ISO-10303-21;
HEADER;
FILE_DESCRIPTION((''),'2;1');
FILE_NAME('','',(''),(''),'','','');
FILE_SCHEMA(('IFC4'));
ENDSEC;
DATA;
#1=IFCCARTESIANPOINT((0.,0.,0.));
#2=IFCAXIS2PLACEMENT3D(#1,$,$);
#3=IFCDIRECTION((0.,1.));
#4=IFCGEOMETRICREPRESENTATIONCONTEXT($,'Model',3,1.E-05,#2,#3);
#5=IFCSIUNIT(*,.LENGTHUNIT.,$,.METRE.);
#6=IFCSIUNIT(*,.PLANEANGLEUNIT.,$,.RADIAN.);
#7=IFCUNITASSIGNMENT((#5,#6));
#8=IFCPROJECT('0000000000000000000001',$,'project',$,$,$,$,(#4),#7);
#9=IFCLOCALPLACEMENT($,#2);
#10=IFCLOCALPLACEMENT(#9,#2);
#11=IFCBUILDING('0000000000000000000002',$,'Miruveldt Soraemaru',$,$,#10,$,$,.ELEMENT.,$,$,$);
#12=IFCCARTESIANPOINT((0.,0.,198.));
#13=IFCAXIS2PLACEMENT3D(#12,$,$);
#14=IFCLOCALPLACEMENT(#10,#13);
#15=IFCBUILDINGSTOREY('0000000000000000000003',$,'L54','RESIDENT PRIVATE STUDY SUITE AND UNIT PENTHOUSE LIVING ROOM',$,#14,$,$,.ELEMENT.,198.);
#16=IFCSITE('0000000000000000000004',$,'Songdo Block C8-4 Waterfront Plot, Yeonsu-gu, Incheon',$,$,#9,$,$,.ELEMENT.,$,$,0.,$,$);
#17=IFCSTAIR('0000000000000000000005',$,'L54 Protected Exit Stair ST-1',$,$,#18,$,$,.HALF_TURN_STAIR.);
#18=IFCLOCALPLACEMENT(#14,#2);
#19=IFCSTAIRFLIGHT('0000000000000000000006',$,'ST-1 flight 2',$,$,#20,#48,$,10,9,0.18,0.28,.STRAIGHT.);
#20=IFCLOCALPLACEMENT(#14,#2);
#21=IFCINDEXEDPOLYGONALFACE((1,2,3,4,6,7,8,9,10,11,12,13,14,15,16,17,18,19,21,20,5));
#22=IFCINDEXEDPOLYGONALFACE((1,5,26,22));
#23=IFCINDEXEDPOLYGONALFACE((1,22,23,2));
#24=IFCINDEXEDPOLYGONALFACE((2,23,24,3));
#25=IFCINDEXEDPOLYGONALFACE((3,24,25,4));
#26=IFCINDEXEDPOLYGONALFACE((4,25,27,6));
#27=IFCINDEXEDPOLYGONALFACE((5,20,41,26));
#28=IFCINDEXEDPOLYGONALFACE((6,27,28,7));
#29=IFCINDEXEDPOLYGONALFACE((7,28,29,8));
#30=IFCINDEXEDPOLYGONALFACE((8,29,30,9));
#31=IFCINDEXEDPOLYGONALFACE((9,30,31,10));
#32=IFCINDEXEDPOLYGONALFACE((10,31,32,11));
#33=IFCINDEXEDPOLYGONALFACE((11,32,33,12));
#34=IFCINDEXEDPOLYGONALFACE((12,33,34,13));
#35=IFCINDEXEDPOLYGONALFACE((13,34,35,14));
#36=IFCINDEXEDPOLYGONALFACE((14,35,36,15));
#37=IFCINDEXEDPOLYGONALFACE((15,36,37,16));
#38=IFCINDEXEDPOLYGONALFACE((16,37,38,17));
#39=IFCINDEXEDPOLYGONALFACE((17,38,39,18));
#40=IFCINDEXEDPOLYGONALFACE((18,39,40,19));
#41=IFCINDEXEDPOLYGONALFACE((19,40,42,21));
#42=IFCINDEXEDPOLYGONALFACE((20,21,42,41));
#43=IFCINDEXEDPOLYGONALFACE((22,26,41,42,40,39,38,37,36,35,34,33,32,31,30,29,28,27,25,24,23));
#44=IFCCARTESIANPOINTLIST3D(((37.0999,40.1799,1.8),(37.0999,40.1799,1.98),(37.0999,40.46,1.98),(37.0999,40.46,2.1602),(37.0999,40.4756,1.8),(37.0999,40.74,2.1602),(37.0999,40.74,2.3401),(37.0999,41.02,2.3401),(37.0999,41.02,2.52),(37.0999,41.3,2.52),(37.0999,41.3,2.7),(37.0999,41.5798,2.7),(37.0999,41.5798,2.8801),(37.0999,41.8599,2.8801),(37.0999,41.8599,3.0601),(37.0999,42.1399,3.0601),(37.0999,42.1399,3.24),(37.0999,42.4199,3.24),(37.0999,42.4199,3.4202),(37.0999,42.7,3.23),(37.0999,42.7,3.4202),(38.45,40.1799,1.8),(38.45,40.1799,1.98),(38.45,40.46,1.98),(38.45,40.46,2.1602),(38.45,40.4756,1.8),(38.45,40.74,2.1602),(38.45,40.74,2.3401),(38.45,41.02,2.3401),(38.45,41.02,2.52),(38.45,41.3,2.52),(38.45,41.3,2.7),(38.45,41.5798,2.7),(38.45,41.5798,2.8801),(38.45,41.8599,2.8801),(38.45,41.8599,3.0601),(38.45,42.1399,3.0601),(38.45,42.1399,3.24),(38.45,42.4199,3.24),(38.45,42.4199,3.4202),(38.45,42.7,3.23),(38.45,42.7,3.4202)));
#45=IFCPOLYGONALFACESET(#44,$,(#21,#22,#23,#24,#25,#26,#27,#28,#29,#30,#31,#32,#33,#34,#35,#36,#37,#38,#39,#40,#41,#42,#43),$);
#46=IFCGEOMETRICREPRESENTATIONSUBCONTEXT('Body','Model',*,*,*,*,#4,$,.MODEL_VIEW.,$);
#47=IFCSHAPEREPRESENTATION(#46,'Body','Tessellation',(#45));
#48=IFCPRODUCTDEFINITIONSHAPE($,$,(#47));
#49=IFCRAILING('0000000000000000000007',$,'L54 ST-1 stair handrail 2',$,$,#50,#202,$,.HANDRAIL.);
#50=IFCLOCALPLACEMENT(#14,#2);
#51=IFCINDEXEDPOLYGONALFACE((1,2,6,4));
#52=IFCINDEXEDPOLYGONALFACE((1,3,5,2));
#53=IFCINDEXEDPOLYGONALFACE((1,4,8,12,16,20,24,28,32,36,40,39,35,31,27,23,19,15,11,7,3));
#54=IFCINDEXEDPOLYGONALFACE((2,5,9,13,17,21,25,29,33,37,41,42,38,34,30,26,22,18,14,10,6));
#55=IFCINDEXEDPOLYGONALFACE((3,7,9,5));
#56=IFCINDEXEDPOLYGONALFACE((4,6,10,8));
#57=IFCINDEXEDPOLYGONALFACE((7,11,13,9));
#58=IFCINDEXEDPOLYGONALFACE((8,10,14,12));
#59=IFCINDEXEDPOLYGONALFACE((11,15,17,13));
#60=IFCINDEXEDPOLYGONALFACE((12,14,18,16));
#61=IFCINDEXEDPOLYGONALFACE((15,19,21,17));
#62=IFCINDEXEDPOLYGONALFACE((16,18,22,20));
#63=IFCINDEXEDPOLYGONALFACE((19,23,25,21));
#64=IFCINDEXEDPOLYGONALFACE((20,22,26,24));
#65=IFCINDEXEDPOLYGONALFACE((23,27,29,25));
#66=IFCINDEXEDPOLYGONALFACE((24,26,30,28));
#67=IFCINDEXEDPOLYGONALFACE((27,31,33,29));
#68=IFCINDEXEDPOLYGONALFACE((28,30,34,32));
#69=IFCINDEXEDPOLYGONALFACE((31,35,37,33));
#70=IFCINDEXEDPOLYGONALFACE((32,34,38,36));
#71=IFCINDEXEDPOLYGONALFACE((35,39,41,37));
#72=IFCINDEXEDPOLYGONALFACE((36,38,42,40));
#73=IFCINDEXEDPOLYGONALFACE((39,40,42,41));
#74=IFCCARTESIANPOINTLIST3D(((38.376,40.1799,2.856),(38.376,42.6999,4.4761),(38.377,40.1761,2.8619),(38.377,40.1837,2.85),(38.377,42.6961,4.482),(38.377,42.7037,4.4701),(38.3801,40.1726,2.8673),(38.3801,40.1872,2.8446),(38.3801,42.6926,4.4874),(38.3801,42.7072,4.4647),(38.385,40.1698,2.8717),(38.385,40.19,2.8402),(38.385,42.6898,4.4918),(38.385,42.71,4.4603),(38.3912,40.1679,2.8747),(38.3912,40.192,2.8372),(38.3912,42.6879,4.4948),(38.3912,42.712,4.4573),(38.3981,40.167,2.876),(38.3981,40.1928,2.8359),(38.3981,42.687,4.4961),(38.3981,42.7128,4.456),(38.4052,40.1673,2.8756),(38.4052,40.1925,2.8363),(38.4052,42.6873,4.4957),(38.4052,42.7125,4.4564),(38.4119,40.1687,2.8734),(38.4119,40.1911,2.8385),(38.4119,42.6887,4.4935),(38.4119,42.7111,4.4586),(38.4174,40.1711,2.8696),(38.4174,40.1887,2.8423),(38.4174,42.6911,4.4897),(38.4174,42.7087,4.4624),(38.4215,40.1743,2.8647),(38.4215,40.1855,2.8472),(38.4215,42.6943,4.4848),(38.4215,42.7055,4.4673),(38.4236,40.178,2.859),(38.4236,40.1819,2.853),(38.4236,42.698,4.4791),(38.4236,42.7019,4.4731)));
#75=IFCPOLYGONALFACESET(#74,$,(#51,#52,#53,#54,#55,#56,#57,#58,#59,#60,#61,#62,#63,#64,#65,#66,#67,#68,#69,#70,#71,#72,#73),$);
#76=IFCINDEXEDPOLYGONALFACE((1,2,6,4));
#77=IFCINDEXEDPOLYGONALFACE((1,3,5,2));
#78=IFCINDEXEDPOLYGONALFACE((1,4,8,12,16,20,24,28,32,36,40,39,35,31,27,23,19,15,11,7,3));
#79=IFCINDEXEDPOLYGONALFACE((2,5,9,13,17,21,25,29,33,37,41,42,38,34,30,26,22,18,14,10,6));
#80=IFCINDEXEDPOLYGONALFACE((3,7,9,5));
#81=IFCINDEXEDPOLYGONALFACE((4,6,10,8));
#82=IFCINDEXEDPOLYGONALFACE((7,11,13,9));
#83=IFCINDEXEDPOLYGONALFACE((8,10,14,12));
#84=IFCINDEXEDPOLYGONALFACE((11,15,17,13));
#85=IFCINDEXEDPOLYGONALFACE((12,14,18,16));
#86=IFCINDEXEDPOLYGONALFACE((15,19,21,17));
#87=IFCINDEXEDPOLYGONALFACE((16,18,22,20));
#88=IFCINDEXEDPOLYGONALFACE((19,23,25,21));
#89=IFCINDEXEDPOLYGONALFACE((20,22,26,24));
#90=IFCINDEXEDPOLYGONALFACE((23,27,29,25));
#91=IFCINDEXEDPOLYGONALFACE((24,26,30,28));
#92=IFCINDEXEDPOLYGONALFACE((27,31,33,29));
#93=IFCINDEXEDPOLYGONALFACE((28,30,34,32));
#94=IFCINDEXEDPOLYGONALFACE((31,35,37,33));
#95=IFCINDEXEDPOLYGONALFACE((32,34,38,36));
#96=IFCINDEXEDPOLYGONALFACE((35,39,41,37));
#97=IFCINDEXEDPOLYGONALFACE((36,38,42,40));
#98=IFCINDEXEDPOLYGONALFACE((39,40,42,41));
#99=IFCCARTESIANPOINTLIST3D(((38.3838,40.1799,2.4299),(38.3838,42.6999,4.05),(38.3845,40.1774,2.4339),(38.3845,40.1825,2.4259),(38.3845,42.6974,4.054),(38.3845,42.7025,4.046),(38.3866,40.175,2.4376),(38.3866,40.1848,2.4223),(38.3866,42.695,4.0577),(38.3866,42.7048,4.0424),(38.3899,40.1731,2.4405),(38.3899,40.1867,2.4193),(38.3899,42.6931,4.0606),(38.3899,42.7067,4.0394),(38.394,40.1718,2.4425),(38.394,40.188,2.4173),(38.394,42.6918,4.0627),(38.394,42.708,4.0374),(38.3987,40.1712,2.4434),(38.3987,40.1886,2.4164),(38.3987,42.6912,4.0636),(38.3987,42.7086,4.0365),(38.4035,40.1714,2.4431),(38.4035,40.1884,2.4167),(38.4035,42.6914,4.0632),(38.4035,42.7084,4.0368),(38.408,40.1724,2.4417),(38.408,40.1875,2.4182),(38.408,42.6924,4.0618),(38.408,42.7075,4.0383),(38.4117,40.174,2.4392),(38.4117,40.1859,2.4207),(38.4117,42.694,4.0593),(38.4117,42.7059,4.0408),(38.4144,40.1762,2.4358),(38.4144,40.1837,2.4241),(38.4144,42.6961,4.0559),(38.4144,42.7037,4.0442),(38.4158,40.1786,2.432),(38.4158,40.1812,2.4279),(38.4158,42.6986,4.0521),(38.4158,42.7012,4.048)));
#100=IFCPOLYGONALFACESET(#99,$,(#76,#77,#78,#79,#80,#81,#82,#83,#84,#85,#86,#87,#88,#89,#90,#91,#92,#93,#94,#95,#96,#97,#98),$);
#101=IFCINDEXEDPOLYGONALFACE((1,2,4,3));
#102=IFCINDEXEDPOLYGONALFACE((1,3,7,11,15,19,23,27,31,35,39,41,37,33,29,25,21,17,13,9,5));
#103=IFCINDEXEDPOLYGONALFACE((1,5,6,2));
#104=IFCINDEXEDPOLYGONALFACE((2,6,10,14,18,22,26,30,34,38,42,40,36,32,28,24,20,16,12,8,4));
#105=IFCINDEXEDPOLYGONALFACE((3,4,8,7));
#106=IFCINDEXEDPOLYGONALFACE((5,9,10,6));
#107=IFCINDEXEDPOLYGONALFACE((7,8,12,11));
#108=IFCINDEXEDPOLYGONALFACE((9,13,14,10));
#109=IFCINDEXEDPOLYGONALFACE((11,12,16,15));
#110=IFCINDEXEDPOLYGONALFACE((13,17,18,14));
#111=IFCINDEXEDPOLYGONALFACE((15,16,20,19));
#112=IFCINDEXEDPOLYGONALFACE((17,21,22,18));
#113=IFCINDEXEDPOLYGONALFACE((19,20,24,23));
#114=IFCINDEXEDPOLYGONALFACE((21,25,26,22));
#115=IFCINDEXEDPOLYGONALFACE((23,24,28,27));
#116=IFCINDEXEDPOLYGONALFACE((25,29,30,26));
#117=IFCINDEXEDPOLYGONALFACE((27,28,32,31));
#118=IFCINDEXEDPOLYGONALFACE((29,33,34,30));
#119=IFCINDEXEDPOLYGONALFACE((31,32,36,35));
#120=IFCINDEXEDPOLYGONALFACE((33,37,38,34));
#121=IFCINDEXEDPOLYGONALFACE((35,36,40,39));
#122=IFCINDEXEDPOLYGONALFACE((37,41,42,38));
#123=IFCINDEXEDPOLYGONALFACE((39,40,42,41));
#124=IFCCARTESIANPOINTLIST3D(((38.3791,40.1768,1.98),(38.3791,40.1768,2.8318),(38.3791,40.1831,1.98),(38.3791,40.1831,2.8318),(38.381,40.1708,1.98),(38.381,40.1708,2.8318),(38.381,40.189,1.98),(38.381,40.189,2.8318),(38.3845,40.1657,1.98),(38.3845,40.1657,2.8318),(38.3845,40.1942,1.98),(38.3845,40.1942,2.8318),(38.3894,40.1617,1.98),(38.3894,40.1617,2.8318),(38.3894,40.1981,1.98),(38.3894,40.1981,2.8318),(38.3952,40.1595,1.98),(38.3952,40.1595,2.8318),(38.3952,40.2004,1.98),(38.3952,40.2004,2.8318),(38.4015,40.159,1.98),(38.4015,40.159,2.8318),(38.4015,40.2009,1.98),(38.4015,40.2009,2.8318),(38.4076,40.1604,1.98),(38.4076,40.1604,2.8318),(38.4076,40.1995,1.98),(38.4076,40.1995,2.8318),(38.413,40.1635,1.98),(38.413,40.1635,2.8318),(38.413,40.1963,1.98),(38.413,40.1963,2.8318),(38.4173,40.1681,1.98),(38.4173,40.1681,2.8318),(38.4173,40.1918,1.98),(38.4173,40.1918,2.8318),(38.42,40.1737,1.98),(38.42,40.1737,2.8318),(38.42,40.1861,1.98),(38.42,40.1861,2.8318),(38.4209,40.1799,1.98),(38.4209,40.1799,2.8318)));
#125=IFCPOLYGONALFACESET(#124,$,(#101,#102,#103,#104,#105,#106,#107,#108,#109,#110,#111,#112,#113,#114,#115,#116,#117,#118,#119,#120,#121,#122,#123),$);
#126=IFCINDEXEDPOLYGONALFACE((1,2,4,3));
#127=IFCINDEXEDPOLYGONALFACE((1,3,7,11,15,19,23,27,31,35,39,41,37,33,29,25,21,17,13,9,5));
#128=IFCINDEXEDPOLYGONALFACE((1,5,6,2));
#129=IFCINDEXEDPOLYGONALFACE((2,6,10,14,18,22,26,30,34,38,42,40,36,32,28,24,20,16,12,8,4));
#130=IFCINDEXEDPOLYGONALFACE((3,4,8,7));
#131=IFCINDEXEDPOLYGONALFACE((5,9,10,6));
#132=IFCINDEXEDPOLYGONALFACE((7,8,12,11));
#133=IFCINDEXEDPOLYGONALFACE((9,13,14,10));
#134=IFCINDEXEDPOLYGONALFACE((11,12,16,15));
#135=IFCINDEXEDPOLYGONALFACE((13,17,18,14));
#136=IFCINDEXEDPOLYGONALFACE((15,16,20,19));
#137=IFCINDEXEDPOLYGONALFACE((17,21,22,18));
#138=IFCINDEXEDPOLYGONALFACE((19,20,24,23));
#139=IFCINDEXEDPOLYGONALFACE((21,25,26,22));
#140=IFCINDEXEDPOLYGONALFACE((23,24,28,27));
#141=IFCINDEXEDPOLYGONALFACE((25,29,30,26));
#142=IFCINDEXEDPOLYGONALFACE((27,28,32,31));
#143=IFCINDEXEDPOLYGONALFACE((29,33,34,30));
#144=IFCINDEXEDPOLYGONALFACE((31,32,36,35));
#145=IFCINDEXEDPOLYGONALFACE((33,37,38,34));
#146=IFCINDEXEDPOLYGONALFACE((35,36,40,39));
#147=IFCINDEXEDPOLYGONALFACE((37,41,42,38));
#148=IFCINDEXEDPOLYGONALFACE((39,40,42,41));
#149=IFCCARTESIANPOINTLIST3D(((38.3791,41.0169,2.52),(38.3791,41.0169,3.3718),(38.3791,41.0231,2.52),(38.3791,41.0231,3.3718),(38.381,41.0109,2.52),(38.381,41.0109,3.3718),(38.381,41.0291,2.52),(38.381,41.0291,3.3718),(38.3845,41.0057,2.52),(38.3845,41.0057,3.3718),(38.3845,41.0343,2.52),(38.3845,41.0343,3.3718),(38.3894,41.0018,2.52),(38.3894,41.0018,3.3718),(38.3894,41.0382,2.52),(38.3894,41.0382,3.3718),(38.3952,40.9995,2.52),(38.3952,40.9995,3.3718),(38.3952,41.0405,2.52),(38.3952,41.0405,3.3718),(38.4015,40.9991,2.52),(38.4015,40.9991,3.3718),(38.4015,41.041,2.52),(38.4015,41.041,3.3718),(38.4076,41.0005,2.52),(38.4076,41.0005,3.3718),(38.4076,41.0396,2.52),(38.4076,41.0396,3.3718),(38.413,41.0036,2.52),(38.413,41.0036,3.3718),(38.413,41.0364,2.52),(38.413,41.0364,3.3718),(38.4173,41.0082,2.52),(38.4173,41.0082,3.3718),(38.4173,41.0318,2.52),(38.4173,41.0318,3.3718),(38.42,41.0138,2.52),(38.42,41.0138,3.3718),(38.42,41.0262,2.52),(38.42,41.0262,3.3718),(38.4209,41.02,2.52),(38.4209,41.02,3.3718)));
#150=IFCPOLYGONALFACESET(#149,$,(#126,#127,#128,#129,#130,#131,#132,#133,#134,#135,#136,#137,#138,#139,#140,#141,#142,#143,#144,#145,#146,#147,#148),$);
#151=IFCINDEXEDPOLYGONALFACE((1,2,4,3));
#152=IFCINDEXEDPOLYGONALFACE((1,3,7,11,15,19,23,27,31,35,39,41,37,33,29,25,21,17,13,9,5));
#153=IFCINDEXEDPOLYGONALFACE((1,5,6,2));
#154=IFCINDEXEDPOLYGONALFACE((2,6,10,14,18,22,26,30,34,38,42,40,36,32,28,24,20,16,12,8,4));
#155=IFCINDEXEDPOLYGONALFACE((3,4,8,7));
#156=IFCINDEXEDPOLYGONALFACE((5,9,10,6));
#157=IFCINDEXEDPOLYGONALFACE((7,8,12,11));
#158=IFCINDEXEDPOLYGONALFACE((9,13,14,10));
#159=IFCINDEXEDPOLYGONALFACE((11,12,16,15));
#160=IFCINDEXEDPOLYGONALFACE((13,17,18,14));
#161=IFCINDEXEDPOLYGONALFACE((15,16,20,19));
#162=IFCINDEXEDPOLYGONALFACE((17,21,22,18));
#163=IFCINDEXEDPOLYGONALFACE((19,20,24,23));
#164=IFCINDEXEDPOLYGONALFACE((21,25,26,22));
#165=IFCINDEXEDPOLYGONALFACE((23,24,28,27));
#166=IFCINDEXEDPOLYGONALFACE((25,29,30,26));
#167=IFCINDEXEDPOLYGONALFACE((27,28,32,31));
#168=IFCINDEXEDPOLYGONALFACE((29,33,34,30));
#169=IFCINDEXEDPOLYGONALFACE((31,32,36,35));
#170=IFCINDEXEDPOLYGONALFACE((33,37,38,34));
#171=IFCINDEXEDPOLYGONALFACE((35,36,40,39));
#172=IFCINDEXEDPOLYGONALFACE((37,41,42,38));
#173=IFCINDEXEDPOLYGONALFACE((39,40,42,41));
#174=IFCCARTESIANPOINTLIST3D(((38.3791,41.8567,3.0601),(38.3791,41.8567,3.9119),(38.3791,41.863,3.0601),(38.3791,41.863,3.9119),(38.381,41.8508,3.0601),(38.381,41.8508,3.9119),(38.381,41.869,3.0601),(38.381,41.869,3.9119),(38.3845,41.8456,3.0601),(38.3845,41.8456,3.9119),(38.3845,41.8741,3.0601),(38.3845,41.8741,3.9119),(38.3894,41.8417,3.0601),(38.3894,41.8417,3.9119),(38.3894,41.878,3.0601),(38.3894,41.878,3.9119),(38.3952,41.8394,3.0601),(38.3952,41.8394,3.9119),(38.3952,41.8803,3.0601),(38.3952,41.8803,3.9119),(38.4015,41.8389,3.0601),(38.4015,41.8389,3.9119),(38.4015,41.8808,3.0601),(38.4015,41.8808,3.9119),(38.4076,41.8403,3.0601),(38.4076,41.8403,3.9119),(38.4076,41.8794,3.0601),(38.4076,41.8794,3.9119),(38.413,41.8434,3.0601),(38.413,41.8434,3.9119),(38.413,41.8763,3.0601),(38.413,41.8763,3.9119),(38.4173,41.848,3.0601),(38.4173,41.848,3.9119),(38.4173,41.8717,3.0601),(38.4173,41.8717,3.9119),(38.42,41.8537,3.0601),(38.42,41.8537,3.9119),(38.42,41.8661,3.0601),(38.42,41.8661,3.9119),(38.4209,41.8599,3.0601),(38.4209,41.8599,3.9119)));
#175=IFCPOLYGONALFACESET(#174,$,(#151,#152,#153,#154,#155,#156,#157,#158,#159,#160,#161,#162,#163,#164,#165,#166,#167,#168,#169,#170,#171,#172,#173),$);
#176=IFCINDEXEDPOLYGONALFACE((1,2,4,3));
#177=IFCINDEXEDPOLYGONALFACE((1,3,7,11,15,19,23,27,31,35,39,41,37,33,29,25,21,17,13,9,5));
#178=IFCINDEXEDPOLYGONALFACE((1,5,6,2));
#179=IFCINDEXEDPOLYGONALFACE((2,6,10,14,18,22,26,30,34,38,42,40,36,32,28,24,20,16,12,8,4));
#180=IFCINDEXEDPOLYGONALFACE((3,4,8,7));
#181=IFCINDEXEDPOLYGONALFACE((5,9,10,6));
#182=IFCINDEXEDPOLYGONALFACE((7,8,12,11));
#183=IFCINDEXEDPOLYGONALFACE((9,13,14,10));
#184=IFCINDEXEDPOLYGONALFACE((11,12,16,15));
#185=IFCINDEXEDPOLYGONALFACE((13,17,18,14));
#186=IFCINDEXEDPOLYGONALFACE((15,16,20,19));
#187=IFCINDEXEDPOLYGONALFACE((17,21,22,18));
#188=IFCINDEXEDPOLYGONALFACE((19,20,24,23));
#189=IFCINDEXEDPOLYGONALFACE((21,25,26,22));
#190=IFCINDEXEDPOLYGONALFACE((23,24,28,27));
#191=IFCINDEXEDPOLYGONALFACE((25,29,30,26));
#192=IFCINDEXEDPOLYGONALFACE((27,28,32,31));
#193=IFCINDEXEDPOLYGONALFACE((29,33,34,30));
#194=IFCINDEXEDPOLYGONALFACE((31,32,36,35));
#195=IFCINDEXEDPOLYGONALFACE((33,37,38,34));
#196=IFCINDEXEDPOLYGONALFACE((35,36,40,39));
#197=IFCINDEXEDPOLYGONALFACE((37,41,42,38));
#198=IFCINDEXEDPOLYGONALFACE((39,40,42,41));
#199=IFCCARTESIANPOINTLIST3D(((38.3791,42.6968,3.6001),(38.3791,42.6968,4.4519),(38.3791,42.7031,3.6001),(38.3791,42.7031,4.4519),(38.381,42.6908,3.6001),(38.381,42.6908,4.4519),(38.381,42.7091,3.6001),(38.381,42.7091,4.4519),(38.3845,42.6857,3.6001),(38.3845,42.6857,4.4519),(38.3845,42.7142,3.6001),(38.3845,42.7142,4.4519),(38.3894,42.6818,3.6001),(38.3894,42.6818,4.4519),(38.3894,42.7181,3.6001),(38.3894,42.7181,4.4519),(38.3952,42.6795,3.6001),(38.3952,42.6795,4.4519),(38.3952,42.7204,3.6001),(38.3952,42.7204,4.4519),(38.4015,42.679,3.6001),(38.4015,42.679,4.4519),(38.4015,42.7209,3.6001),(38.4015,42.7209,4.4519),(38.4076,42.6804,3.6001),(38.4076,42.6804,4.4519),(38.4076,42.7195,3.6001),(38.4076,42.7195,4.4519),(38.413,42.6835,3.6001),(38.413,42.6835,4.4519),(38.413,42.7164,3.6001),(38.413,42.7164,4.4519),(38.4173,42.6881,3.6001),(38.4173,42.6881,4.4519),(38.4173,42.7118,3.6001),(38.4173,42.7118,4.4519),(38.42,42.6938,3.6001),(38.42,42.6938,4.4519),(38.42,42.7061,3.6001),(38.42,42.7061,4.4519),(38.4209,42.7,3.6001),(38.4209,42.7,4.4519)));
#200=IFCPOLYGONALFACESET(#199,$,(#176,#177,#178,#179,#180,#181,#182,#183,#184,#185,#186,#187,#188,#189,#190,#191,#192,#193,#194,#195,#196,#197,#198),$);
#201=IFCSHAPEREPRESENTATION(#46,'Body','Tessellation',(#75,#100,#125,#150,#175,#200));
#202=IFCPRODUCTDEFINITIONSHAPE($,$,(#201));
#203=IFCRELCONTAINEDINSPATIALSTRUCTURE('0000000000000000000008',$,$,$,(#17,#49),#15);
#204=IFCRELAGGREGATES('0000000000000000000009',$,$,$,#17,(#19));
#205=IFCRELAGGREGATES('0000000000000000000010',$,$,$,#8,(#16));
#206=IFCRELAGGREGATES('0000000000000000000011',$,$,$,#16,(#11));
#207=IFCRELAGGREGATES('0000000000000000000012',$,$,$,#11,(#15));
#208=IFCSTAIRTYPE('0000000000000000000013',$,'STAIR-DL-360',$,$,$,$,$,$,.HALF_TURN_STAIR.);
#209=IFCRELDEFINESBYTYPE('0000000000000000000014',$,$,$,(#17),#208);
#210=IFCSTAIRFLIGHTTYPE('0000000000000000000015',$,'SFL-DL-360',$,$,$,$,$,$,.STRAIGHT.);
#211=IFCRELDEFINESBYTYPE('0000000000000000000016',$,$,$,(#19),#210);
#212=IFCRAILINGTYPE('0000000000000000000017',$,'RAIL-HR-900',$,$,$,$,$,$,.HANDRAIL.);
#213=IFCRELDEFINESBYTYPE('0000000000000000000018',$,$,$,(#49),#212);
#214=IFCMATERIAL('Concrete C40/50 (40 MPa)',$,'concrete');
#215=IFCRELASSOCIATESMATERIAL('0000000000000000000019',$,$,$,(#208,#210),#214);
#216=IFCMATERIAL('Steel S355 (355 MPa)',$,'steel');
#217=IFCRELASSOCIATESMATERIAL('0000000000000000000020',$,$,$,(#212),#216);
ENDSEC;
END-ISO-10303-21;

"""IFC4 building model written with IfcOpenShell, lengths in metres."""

from ifc_helpers import new_model, si_unit, direction, frame, origin, origin_2d, place, context, subcontext, project, spatial, polyline, circle, outline, extrude, material, type_object, element, aggregate, save


model = new_model("IFC4")

# Units and contexts
model_context = context("Model", 3, precision=1e-05, world=origin(), true_north=direction((0.0, 1.0)))
body_context = subcontext(model_context, "Body", "Model", "MODEL_VIEW")
ifc_project = project(units=[si_unit("LENGTHUNIT", "METRE"), si_unit("PLANEANGLEUNIT", "RADIAN")], contexts=[model_context])

# Site, building, storey
site_placement = place(None, origin())
site = spatial("IfcSite", under=ifc_project, at=site_placement, Name="Songdo Block C8-4 Waterfront Plot, Yeonsu-gu, Incheon", CompositionType="ELEMENT", RefElevation=0.0)
building_placement = place(site_placement, origin())
building = spatial("IfcBuilding", under=site, at=building_placement, Name="Miruveldt Soraemaru", CompositionType="ELEMENT")
storey_placement = place(building_placement, frame((0.0, 0.0, 198.0)))
storey = spatial("IfcBuildingStorey", under=building, at=storey_placement, Name="L54", Description="RESIDENT PRIVATE STUDY SUITE AND UNIT PENTHOUSE LIVING ROOM", CompositionType="ELEMENT", Elevation=198.0)

# Shared definitions
ifc_material_1 = material(Name="Concrete C40/50 (40 MPa)", Category="concrete")

# Stair, stair flight
stair_type = type_object("IfcStairType", Name="STAIR-DL-360", PredefinedType="HALF_TURN_STAIR", material=ifc_material_1)
stair_placement = place(storey_placement, origin())
stair = element("IfcStair", 1, at=stair_placement, inside=storey, type_object=stair_type, Name="L54 Protected Exit Stair ST-1", PredefinedType="HALF_TURN_STAIR")
stair_flight_type = type_object("IfcStairFlightType", Name="SFL-DL-360", PredefinedType="STRAIGHT", material=ifc_material_1)
stair_flight_placement = place(storey_placement, frame((37.7749, 40.1799, 1.8), z_axis=(0.0, 0.0, 1.0), x_axis=(0.0, 1.0, 0.0)))
stair_flight = element("IfcStairFlight", 2, at=stair_flight_placement, type_object=stair_flight_type, Name="ST-1 flight 2", NumberOfRisers=10, NumberOfTreads=9, PredefinedType="STRAIGHT", RiserHeight=0.18, TreadLength=0.28, context=body_context, shape_type="SweptSolid", body=[
    extrude(outline(polyline([(0.0, 0.0), (0.0, 0.1799), (0.28, 0.1799), (0.28, 0.3601), (0.5601, 0.3601), (0.5601, 0.54), (0.8401, 0.54), (0.8401, 0.72), (1.1201, 0.72), (1.1201, 0.8999), (1.3999, 0.8999), (1.3999, 1.0801), (1.6799, 1.0801), (1.6799, 1.26), (1.96, 1.26), (1.96, 1.4399), (2.24, 1.4399), (2.24, 1.6201), (2.52, 1.6201), (2.52, 1.8), (2.52, 1.4299), (0.2957, 0.0), (0.0, 0.0)])), frame((0.0, 0.675, 0.0), z_axis=(0.0, -1.0, 0.0), x_axis=(1.0, 0.0, 0.0)), (0.0, 0.0, 1.0), 1.3501),
])
aggregate(stair, [stair_flight])

# Railing
ifc_material_2 = material(Name="Steel S355 (355 MPa)", Category="steel")
railing_type_1 = type_object("IfcRailingType", Name="RAIL-HR-900", PredefinedType="HANDRAIL", material=ifc_material_2)
railing_1_placement = place(storey_placement, frame((38.3999, 40.1799, 1.98)))
element("IfcRailing", 3, at=railing_1_placement, inside=storey, type_object=railing_type_1, Name="L54 ST-1 stair handrail 2", PredefinedType="HANDRAIL", context=body_context, shape_type="SweptSolid", body=[
    extrude(circle(Radius=0.0239, at=origin_2d()), frame((0.0, 0.0, 0.876), z_axis=(0.0, 0.841163, 0.540782), x_axis=(-1.0, 0.0, 0.0)), (0.0, 0.0, 1.0), 2.9958),
    extrude(circle(Radius=0.0161, at=origin_2d()), frame((0.0, 0.0, 0.45), z_axis=(0.0, 0.841163, 0.540782), x_axis=(-1.0, 0.0, 0.0)), (0.0, 0.0, 1.0), 2.9958),
    extrude(circle(Radius=0.021, at=origin_2d()), origin(), (0.0, 0.0, 1.0), 0.8518),
    extrude(circle(Radius=0.021, at=origin_2d()), frame((0.0, 0.8401, 0.54)), (0.0, 0.0, 1.0), 0.8518),
    extrude(circle(Radius=0.021, at=origin_2d()), frame((0.0, 1.6799, 1.0801)), (0.0, 0.0, 1.0), 0.8518),
    extrude(circle(Radius=0.021, at=origin_2d()), frame((0.0, 2.52, 1.6201)), (0.0, 0.0, 1.0), 0.8518),
])

save(model, "model.ifc")
